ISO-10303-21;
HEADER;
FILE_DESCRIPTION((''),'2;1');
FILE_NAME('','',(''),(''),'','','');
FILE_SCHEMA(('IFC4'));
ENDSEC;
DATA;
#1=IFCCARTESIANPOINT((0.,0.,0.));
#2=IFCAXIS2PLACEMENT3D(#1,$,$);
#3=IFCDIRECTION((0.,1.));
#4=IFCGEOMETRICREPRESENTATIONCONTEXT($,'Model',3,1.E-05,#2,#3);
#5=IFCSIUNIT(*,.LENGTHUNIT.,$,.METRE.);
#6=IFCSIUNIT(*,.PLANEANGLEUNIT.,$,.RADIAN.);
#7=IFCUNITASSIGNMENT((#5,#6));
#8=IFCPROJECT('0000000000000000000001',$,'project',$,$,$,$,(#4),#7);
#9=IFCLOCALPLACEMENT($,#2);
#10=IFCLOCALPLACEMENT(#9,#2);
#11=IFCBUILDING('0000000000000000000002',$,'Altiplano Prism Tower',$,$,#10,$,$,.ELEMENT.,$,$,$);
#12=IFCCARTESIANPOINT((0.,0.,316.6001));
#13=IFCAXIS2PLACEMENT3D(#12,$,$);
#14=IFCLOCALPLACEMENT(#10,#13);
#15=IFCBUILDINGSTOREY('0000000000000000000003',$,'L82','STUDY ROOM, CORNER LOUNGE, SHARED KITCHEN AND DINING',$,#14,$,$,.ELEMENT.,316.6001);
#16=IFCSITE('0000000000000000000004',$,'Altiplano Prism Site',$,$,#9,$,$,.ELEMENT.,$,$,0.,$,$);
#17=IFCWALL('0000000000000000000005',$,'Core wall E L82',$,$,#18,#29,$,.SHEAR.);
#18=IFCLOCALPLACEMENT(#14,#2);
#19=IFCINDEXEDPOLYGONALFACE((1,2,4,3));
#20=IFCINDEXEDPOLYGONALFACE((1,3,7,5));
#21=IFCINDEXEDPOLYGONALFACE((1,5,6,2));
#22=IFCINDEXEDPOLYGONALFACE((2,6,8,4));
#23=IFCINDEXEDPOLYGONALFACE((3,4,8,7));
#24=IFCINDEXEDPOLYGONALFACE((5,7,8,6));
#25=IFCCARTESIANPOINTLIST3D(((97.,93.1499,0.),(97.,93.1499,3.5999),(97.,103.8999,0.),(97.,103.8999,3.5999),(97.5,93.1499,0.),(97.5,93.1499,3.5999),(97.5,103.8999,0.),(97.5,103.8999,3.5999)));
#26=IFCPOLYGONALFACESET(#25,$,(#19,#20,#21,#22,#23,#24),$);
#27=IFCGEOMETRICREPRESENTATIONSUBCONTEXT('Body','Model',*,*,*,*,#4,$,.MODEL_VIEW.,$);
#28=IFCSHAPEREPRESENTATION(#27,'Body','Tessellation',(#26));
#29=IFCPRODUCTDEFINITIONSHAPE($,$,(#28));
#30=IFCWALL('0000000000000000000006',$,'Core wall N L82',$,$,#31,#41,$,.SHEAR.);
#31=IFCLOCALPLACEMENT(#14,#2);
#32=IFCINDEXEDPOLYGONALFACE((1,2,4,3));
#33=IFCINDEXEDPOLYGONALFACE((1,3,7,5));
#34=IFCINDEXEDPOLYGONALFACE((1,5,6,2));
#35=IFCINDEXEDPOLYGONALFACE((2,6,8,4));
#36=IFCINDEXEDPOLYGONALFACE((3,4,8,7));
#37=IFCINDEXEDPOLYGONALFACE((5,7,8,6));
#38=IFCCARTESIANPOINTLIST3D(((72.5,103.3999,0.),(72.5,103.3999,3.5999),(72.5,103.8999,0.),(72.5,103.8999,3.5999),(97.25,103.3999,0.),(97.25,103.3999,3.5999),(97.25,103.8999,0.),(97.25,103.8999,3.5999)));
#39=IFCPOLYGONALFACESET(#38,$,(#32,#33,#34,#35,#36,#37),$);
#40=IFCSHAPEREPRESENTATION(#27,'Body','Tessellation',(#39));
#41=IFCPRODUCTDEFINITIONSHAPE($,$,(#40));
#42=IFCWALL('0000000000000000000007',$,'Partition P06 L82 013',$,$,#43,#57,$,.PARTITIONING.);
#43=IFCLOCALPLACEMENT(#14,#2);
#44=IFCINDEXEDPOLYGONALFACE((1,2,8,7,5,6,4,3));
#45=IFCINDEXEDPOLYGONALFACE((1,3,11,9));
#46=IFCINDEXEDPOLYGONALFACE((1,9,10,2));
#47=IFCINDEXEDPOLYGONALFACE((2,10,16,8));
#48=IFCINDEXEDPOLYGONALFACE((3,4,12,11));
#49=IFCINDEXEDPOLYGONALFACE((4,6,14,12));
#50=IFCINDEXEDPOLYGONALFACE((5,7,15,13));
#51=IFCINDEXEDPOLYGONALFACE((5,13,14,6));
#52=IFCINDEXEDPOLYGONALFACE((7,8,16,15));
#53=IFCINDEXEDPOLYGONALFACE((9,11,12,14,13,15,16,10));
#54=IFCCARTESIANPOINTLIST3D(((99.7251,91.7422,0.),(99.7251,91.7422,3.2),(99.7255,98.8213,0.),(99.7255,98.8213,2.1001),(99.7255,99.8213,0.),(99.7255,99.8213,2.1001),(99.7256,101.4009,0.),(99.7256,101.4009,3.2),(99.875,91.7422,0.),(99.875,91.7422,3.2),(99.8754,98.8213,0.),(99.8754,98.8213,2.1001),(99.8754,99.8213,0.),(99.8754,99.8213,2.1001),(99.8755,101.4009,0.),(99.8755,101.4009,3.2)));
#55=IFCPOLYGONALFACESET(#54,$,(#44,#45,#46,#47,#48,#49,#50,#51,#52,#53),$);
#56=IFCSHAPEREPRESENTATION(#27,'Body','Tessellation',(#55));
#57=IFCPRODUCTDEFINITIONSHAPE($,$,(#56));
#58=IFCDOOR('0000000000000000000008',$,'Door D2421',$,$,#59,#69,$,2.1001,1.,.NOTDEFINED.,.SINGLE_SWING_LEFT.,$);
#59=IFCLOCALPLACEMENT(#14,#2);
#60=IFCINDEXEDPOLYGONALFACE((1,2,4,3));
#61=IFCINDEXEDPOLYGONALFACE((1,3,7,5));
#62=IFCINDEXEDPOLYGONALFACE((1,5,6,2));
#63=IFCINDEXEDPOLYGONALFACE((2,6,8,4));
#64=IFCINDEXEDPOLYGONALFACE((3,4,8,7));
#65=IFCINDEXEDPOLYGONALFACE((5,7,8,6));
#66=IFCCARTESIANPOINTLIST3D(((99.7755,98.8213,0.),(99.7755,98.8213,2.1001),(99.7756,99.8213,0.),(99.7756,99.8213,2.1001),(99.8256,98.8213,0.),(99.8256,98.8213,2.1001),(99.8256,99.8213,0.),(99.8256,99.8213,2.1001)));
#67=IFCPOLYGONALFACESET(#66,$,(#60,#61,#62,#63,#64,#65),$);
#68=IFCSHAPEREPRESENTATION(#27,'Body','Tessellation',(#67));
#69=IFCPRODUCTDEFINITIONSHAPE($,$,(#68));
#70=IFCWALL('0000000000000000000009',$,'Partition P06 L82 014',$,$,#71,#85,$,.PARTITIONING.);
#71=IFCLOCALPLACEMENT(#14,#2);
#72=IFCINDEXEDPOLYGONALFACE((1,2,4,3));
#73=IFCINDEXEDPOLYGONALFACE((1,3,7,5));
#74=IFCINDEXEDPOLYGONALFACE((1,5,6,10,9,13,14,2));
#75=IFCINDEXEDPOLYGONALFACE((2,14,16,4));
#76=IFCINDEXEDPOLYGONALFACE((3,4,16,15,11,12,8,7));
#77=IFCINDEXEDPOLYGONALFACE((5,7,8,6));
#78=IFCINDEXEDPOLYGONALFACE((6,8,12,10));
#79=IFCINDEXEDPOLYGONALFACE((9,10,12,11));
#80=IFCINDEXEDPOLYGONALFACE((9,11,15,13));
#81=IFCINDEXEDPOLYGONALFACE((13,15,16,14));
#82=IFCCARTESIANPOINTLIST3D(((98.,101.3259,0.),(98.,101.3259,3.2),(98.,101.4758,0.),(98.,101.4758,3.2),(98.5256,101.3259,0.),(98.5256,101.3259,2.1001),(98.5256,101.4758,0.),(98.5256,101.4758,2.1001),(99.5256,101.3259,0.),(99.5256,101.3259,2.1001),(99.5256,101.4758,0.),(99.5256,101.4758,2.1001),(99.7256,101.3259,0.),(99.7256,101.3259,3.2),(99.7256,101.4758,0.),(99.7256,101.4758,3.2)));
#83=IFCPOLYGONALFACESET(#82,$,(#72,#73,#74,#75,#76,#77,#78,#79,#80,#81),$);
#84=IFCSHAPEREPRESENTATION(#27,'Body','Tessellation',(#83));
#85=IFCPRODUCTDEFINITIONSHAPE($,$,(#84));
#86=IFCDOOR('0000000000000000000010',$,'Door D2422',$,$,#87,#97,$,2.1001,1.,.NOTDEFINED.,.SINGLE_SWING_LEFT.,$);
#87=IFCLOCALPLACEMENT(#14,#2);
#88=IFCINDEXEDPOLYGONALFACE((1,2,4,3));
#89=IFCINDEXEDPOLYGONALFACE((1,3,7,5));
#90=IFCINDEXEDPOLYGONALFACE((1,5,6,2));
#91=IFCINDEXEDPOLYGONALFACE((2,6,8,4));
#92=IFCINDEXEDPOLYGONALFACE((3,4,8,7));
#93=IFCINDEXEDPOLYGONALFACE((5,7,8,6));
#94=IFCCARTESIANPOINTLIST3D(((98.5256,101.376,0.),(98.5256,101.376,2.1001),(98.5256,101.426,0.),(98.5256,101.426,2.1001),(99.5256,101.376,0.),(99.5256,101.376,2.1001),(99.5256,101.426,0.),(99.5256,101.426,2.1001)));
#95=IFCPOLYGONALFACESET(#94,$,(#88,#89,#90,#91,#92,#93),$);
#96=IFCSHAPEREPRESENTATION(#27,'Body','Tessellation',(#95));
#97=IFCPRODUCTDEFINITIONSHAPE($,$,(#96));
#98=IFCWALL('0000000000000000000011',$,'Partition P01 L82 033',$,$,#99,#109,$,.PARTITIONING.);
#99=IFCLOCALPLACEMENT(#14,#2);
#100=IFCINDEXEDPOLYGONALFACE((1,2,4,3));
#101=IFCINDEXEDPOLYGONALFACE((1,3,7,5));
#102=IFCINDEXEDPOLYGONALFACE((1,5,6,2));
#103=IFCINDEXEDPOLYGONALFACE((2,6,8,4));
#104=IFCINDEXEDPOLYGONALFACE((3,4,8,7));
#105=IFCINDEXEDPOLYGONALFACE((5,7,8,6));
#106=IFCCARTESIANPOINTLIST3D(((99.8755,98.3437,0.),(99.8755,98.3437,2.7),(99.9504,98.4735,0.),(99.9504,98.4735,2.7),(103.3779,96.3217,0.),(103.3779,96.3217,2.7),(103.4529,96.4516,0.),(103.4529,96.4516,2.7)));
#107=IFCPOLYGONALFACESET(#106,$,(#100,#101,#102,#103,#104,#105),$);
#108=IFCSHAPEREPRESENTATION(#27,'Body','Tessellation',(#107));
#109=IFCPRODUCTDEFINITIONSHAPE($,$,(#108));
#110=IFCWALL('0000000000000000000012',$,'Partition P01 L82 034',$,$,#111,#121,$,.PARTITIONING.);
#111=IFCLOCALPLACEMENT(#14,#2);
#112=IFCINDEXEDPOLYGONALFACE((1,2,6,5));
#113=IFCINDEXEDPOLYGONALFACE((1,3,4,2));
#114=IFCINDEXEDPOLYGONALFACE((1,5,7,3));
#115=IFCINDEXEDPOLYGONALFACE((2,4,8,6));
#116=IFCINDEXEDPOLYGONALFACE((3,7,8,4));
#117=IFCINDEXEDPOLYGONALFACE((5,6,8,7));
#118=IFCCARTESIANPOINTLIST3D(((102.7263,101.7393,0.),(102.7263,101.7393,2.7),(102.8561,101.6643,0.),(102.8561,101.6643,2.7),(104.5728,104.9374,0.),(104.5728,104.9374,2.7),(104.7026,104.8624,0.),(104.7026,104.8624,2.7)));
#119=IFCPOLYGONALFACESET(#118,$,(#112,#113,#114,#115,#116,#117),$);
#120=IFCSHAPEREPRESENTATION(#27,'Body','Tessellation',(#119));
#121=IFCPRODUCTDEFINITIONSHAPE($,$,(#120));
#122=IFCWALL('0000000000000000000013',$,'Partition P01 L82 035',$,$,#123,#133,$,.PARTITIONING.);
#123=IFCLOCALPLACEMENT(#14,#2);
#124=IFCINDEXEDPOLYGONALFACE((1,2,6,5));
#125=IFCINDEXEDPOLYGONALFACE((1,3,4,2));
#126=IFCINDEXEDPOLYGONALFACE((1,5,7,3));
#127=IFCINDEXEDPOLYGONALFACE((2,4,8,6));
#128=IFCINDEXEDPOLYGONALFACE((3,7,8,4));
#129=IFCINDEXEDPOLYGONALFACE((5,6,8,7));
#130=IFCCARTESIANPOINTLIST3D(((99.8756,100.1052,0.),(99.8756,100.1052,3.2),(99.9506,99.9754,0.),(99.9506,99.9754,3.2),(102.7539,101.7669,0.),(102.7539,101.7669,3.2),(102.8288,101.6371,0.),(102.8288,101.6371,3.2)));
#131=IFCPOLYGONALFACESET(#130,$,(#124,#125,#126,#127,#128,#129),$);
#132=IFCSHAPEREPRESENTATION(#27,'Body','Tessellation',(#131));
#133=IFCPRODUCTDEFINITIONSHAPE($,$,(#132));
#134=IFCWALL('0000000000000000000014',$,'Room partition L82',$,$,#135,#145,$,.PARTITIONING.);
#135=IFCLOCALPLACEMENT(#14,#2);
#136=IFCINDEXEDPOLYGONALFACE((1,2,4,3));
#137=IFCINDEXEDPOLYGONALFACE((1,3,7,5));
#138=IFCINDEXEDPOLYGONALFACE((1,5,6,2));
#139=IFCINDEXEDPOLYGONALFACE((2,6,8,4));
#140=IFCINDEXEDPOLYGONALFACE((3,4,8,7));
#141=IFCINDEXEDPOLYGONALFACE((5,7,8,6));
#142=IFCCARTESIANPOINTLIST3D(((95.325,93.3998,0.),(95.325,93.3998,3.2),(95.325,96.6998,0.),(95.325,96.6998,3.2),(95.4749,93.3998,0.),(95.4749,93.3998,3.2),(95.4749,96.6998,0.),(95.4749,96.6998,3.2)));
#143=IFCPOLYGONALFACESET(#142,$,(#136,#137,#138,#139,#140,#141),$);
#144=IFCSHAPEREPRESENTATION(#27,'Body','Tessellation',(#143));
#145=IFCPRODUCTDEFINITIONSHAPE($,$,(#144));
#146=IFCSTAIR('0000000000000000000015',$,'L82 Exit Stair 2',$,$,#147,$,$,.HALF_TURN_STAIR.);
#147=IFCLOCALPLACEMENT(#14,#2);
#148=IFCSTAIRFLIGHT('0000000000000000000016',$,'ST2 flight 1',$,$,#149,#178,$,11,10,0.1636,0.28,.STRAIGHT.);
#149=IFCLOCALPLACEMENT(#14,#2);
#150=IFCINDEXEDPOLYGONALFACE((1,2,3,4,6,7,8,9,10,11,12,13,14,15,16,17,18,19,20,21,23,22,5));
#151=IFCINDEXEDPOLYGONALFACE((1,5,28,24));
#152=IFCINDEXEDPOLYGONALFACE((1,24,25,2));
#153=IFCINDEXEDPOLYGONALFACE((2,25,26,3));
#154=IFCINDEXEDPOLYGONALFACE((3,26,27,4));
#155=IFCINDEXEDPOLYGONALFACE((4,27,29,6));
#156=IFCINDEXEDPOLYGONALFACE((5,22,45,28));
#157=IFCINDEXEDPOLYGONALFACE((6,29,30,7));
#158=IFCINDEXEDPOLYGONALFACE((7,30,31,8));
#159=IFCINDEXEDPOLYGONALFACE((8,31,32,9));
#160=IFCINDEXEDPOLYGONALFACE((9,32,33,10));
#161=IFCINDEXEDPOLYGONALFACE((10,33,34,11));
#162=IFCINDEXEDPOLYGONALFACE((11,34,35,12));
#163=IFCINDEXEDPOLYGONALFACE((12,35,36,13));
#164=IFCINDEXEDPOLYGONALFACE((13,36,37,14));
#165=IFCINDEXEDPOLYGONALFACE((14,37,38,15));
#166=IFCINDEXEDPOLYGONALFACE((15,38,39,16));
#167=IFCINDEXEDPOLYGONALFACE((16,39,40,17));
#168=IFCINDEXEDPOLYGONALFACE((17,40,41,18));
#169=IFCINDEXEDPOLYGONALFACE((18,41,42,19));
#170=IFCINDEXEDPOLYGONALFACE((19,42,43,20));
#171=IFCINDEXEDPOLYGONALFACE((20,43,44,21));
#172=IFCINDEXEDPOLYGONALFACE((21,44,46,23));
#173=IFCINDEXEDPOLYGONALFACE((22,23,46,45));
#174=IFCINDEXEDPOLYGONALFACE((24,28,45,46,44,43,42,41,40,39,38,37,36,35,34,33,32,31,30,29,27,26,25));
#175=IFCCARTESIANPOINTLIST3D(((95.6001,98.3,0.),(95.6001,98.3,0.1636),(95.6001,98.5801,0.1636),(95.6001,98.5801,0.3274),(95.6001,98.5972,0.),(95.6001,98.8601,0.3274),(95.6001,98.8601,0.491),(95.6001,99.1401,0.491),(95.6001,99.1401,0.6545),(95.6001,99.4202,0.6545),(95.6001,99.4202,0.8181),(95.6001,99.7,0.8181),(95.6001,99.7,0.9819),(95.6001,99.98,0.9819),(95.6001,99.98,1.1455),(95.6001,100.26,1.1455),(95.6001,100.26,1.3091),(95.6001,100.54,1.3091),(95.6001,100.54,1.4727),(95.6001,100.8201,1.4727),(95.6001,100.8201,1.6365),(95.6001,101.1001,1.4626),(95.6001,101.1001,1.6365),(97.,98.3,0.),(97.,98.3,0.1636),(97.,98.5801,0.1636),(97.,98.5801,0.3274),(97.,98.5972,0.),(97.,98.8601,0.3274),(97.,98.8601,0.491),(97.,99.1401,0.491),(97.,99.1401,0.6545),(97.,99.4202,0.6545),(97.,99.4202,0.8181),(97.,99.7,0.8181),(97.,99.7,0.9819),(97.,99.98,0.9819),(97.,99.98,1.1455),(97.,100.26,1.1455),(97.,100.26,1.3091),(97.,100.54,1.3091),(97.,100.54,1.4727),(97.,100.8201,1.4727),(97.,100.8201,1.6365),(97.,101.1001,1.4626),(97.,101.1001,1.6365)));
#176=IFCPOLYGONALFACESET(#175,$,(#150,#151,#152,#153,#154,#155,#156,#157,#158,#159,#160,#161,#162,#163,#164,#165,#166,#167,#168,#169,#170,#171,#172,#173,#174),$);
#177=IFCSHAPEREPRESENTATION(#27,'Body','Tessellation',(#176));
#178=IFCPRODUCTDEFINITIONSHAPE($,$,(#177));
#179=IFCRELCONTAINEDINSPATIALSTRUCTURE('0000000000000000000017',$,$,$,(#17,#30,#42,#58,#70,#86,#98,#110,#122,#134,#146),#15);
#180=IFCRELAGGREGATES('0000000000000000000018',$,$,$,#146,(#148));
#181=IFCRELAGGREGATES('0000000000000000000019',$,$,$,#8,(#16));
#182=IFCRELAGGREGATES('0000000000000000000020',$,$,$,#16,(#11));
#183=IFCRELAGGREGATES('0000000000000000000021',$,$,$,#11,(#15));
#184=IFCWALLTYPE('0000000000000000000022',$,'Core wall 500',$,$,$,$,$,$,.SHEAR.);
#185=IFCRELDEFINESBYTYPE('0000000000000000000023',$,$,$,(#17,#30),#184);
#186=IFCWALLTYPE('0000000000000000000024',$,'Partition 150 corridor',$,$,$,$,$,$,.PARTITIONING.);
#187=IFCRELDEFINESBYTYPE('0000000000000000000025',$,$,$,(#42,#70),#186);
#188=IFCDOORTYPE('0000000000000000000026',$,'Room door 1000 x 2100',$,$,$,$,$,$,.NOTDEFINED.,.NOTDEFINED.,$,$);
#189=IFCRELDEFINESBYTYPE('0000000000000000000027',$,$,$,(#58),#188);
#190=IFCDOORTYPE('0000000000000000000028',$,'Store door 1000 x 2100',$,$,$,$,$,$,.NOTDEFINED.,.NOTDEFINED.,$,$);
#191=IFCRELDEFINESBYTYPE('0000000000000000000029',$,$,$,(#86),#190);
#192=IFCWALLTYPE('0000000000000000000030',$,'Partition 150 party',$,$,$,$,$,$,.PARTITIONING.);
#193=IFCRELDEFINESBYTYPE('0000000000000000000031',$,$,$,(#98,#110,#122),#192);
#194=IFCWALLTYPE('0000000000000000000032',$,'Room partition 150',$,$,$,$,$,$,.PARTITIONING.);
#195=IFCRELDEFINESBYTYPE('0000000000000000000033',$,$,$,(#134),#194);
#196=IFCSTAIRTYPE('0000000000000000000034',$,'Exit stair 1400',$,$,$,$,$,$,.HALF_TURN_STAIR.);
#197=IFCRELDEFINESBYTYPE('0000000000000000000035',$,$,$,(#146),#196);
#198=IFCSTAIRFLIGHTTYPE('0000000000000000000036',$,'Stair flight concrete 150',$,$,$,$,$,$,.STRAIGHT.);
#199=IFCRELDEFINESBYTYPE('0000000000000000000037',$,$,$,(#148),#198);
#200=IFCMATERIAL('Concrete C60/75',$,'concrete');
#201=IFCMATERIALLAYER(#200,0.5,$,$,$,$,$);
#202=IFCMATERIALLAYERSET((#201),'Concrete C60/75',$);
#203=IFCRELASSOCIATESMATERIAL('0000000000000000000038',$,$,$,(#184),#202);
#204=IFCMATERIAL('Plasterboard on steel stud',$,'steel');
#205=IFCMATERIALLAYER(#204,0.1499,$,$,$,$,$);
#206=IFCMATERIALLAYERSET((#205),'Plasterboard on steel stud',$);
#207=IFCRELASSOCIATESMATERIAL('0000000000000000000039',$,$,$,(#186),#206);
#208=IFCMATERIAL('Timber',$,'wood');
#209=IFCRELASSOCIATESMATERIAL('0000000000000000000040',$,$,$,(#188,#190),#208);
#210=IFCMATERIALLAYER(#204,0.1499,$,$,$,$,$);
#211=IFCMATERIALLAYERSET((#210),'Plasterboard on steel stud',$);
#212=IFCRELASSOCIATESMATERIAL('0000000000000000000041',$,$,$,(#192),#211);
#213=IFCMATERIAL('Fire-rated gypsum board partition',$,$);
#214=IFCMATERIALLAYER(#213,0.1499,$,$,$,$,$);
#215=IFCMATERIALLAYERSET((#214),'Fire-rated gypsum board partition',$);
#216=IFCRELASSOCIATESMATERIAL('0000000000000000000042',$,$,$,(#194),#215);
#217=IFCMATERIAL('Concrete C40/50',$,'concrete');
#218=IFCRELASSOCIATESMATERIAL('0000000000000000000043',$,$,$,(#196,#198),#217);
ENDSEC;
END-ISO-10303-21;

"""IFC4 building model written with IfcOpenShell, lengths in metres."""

from ifc_helpers import new_model, si_unit, direction, frame, frame_2d, origin, place, context, subcontext, project, spatial, polyline, rectangle, outline, extrude, material, layer, layer_set, type_object, element, fill, aggregate, save


model = new_model("IFC4")

# Units and contexts
model_context = context("Model", 3, precision=1e-05, world=origin(), true_north=direction((0.0, 1.0)))
body_context = subcontext(model_context, "Body", "Model", "MODEL_VIEW")
ifc_project = project(units=[si_unit("LENGTHUNIT", "METRE"), si_unit("PLANEANGLEUNIT", "RADIAN")], contexts=[model_context])

# Site, building, storey
site_placement = place(None, origin())
site = spatial("IfcSite", under=ifc_project, at=site_placement, Name="Altiplano Prism Site", CompositionType="ELEMENT", RefElevation=0.0)
building_placement = place(site_placement, origin())
building = spatial("IfcBuilding", under=site, at=building_placement, Name="Altiplano Prism Tower", CompositionType="ELEMENT")
storey_placement = place(building_placement, frame((0.0, 0.0, 316.6001)))
storey = spatial("IfcBuildingStorey", under=building, at=storey_placement, Name="L82", Description="STUDY ROOM, CORNER LOUNGE, SHARED KITCHEN AND DINING", CompositionType="ELEMENT", Elevation=316.6001)

# Shared definitions
ifc_material_1 = material(Name="Concrete C60/75", Category="concrete")

# Walls
ifc_layer_1 = layer(ifc_material_1, 0.5)
ifc_layer_set_1 = layer_set([ifc_layer_1], Name="Concrete C60/75")
wall_type_1 = type_object("IfcWallType", Name="Core wall 500", PredefinedType="SHEAR", material=ifc_layer_set_1)
wall_1_placement = place(storey_placement, frame((97.25, 93.1499, 0.0), z_axis=(0.0, 0.0, 1.0), x_axis=(0.0, 1.0, 0.0)))
element("IfcWall", 1, at=wall_1_placement, inside=storey, type_object=wall_type_1, Name="Core wall E L82", PredefinedType="SHEAR", context=body_context, shape_type="SweptSolid", body=[
    extrude(rectangle(XDim=10.75, YDim=0.5, at=frame_2d((5.375, 0.0))), origin(), (0.0, 0.0, 1.0), 3.5999),
])
wall_2_placement = place(storey_placement, frame((97.25, 103.6499, 0.0), z_axis=(0.0, 0.0, 1.0), x_axis=(-1.0, 0.0, 0.0)))
element("IfcWall", 2, at=wall_2_placement, inside=storey, type_object=wall_type_1, Name="Core wall N L82", PredefinedType="SHEAR", context=body_context, shape_type="SweptSolid", body=[
    extrude(rectangle(XDim=24.75, YDim=0.5, at=frame_2d((12.375, 0.0))), origin(), (0.0, 0.0, 1.0), 3.5999),
])

# Walls, openings, doors
ifc_material_2 = material(Name="Plasterboard on steel stud", Category="steel")
ifc_layer_2 = layer(ifc_material_2, 0.1499)
ifc_layer_set_2 = layer_set([ifc_layer_2], Name="Plasterboard on steel stud")
wall_type_2 = type_object("IfcWallType", Name="Partition 150 corridor", PredefinedType="PARTITIONING", material=ifc_layer_set_2)
wall_3_placement = place(storey_placement, frame((99.8, 91.7422, 0.0), z_axis=(0.0, 0.0, 1.0), x_axis=(0.000051, 1.0, 0.0)))
wall_3 = element("IfcWall", 3, at=wall_3_placement, inside=storey, type_object=wall_type_2, Name="Partition P06 L82 013", PredefinedType="PARTITIONING", context=body_context, shape_type="SweptSolid", body=[
    extrude(rectangle(XDim=9.6587, YDim=0.1499, at=frame_2d((4.8293, 0.0))), origin(), (0.0, 0.0, 1.0), 3.2),
])
opening_1_placement = place(wall_3_placement, frame((7.0791, 0.0, 0.0)))
opening_1 = element("IfcOpeningElement", 4, at=opening_1_placement, cuts=wall_3, PredefinedType="OPENING", context=body_context, shape_type="SweptSolid", body=[
    extrude(rectangle(XDim=1.0, YDim=2.1001, at=frame_2d((0.5, 1.05))), frame((0.0, 0.0854, 0.0), z_axis=(0.0, -1.0, 0.0), x_axis=(1.0, 0.0, 0.0)), (0.0, 0.0, 1.0), 0.1709),
])
ifc_material_3 = material(Name="Timber", Category="wood")
door_type_1 = type_object("IfcDoorType", Name="Room door 1000 x 2100", OperationType="NOTDEFINED", PredefinedType="NOTDEFINED", material=ifc_material_3)
door_1_placement = place(opening_1_placement, origin())
door_1 = element("IfcDoor", 5, at=door_1_placement, inside=storey, type_object=door_type_1, Name="Door D2421", OperationType="SINGLE_SWING_LEFT", OverallHeight=2.1001, OverallWidth=1.0, PredefinedType="NOTDEFINED", context=body_context, shape_type="SweptSolid", body=[
    extrude(rectangle(XDim=1.0, YDim=2.1001, at=frame_2d((0.5, 1.05))), frame((0.0, 0.0249, 0.0), z_axis=(0.0, -1.0, 0.0), x_axis=(1.0, 0.0, 0.0)), (0.0, 0.0, 1.0), 0.05),
])
fill(opening_1, door_1)
wall_4_placement = place(storey_placement, frame((99.7256, 101.4009, 0.0), z_axis=(0.0, 0.0, 1.0), x_axis=(-1.0, 0.0, 0.0)))
wall_4 = element("IfcWall", 6, at=wall_4_placement, inside=storey, type_object=wall_type_2, Name="Partition P06 L82 014", PredefinedType="PARTITIONING", context=body_context, shape_type="SweptSolid", body=[
    extrude(rectangle(XDim=1.7256, YDim=0.1499, at=frame_2d((0.8628, 0.0))), origin(), (0.0, 0.0, 1.0), 3.2),
])
opening_2_placement = place(wall_4_placement, frame((0.2, 0.0, 0.0)))
opening_2 = element("IfcOpeningElement", 7, at=opening_2_placement, cuts=wall_4, PredefinedType="OPENING", context=body_context, shape_type="SweptSolid", body=[
    extrude(rectangle(XDim=1.0, YDim=2.1001, at=frame_2d((0.5, 1.05))), frame((0.0, 0.0854, 0.0), z_axis=(0.0, -1.0, 0.0), x_axis=(1.0, 0.0, 0.0)), (0.0, 0.0, 1.0), 0.1709),
])
door_type_2 = type_object("IfcDoorType", Name="Store door 1000 x 2100", OperationType="NOTDEFINED", PredefinedType="NOTDEFINED", material=ifc_material_3)
door_2_placement = place(opening_2_placement, origin())
door_2 = element("IfcDoor", 8, at=door_2_placement, inside=storey, type_object=door_type_2, Name="Door D2422", OperationType="SINGLE_SWING_LEFT", OverallHeight=2.1001, OverallWidth=1.0, PredefinedType="NOTDEFINED", context=body_context, shape_type="SweptSolid", body=[
    extrude(rectangle(XDim=1.0, YDim=2.1001, at=frame_2d((0.5, 1.05))), frame((0.0, 0.0249, 0.0), z_axis=(0.0, -1.0, 0.0), x_axis=(1.0, 0.0, 0.0)), (0.0, 0.0, 1.0), 0.05),
])
fill(opening_2, door_2)

# Walls
ifc_layer_3 = layer(ifc_material_2, 0.1499)
ifc_layer_set_3 = layer_set([ifc_layer_3], Name="Plasterboard on steel stud")
wall_type_3 = type_object("IfcWallType", Name="Partition 150 party", PredefinedType="PARTITIONING", material=ifc_layer_set_3)
wall_5_placement = place(storey_placement, frame((103.4153, 96.3867, 0.0), z_axis=(0.0, 0.0, 1.0), x_axis=(-0.866043, 0.49997, 0.0)))
element("IfcWall", 9, at=wall_5_placement, inside=storey, type_object=wall_type_3, Name="Partition P01 L82 033", PredefinedType="PARTITIONING", context=body_context, shape_type="SweptSolid", body=[
    extrude(rectangle(XDim=4.0442, YDim=0.1499, at=frame_2d((2.022, 0.0))), origin(), (0.0, 0.0, 1.0), 2.7),
])
wall_6_placement = place(storey_placement, frame((104.6377, 104.8999, 0.0), z_axis=(0.0, 0.0, 1.0), x_axis=(-0.500014, -0.866017, 0.0)))
element("IfcWall", 10, at=wall_6_placement, inside=storey, type_object=wall_type_3, Name="Partition P01 L82 034", PredefinedType="PARTITIONING", context=body_context, shape_type="SweptSolid", body=[
    extrude(rectangle(XDim=3.6929, YDim=0.1499, at=frame_2d((1.8464, 0.0))), origin(), (0.0, 0.0, 1.0), 2.7),
])
wall_7_placement = place(storey_placement, frame((102.7913, 101.7019, 0.0), z_axis=(0.0, 0.0, 1.0), x_axis=(-0.866038, -0.499979, 0.0)))
element("IfcWall", 11, at=wall_7_placement, inside=storey, type_object=wall_type_3, Name="Partition P01 L82 035", PredefinedType="PARTITIONING", context=body_context, shape_type="SweptSolid", body=[
    extrude(rectangle(XDim=3.3235, YDim=0.1499, at=frame_2d((1.6616, 0.0))), origin(), (0.0, 0.0, 1.0), 3.2),
])
ifc_material_4 = material(Name="Fire-rated gypsum board partition")
ifc_layer_4 = layer(ifc_material_4, 0.1499)
ifc_layer_set_4 = layer_set([ifc_layer_4], Name="Fire-rated gypsum board partition")
wall_type_4 = type_object("IfcWallType", Name="Room partition 150", PredefinedType="PARTITIONING", material=ifc_layer_set_4)
wall_8_placement = place(storey_placement, frame((95.3999, 93.3999, 0.0), z_axis=(0.0, 0.0, 1.0), x_axis=(0.0, 1.0, 0.0)))
element("IfcWall", 12, at=wall_8_placement, inside=storey, type_object=wall_type_4, Name="Room partition L82", PredefinedType="PARTITIONING", context=body_context, shape_type="SweptSolid", body=[
    extrude(rectangle(XDim=3.3, YDim=0.1499, at=frame_2d((1.6499, 0.0))), origin(), (0.0, 0.0, 1.0), 3.2),
])

# Stair, stair flight
ifc_material_5 = material(Name="Concrete C40/50", Category="concrete")
stair_type = type_object("IfcStairType", Name="Exit stair 1400", PredefinedType="HALF_TURN_STAIR", material=ifc_material_5)
stair_placement = place(storey_placement, origin())
stair = element("IfcStair", 13, at=stair_placement, inside=storey, type_object=stair_type, Name="L82 Exit Stair 2", PredefinedType="HALF_TURN_STAIR")
stair_flight_type = type_object("IfcStairFlightType", Name="Stair flight concrete 150", PredefinedType="STRAIGHT", material=ifc_material_5)
stair_flight_placement = place(storey_placement, frame((96.3, 98.3, 0.0), z_axis=(0.0, 0.0, 1.0), x_axis=(0.0, 1.0, 0.0)))
stair_flight = element("IfcStairFlight", 14, at=stair_flight_placement, type_object=stair_flight_type, Name="ST2 flight 1", NumberOfRisers=11, NumberOfTreads=10, PredefinedType="STRAIGHT", RiserHeight=0.1636, TreadLength=0.28, context=body_context, shape_type="SweptSolid", body=[
    extrude(outline(polyline([(0.0, 0.0), (0.0, 0.1636), (0.28, 0.1636), (0.28, 0.3274), (0.5601, 0.3274), (0.5601, 0.491), (0.8401, 0.491), (0.8401, 0.6545), (1.1201, 0.6545), (1.1201, 0.8181), (1.3999, 0.8181), (1.3999, 0.9819), (1.6799, 0.9819), (1.6799, 1.1455), (1.96, 1.1455), (1.96, 1.3091), (2.24, 1.3091), (2.24, 1.4727), (2.52, 1.4727), (2.52, 1.6365), (2.8, 1.6365), (2.8, 1.8), (2.8, 1.4626), (0.2971, 0.0), (0.0, 0.0)])), frame((0.0, 0.7, 0.0), z_axis=(0.0, -1.0, 0.0), x_axis=(1.0, 0.0, 0.0)), (0.0, 0.0, 1.0), 1.3999),
])
aggregate(stair, [stair_flight])

save(model, "model.ifc")
